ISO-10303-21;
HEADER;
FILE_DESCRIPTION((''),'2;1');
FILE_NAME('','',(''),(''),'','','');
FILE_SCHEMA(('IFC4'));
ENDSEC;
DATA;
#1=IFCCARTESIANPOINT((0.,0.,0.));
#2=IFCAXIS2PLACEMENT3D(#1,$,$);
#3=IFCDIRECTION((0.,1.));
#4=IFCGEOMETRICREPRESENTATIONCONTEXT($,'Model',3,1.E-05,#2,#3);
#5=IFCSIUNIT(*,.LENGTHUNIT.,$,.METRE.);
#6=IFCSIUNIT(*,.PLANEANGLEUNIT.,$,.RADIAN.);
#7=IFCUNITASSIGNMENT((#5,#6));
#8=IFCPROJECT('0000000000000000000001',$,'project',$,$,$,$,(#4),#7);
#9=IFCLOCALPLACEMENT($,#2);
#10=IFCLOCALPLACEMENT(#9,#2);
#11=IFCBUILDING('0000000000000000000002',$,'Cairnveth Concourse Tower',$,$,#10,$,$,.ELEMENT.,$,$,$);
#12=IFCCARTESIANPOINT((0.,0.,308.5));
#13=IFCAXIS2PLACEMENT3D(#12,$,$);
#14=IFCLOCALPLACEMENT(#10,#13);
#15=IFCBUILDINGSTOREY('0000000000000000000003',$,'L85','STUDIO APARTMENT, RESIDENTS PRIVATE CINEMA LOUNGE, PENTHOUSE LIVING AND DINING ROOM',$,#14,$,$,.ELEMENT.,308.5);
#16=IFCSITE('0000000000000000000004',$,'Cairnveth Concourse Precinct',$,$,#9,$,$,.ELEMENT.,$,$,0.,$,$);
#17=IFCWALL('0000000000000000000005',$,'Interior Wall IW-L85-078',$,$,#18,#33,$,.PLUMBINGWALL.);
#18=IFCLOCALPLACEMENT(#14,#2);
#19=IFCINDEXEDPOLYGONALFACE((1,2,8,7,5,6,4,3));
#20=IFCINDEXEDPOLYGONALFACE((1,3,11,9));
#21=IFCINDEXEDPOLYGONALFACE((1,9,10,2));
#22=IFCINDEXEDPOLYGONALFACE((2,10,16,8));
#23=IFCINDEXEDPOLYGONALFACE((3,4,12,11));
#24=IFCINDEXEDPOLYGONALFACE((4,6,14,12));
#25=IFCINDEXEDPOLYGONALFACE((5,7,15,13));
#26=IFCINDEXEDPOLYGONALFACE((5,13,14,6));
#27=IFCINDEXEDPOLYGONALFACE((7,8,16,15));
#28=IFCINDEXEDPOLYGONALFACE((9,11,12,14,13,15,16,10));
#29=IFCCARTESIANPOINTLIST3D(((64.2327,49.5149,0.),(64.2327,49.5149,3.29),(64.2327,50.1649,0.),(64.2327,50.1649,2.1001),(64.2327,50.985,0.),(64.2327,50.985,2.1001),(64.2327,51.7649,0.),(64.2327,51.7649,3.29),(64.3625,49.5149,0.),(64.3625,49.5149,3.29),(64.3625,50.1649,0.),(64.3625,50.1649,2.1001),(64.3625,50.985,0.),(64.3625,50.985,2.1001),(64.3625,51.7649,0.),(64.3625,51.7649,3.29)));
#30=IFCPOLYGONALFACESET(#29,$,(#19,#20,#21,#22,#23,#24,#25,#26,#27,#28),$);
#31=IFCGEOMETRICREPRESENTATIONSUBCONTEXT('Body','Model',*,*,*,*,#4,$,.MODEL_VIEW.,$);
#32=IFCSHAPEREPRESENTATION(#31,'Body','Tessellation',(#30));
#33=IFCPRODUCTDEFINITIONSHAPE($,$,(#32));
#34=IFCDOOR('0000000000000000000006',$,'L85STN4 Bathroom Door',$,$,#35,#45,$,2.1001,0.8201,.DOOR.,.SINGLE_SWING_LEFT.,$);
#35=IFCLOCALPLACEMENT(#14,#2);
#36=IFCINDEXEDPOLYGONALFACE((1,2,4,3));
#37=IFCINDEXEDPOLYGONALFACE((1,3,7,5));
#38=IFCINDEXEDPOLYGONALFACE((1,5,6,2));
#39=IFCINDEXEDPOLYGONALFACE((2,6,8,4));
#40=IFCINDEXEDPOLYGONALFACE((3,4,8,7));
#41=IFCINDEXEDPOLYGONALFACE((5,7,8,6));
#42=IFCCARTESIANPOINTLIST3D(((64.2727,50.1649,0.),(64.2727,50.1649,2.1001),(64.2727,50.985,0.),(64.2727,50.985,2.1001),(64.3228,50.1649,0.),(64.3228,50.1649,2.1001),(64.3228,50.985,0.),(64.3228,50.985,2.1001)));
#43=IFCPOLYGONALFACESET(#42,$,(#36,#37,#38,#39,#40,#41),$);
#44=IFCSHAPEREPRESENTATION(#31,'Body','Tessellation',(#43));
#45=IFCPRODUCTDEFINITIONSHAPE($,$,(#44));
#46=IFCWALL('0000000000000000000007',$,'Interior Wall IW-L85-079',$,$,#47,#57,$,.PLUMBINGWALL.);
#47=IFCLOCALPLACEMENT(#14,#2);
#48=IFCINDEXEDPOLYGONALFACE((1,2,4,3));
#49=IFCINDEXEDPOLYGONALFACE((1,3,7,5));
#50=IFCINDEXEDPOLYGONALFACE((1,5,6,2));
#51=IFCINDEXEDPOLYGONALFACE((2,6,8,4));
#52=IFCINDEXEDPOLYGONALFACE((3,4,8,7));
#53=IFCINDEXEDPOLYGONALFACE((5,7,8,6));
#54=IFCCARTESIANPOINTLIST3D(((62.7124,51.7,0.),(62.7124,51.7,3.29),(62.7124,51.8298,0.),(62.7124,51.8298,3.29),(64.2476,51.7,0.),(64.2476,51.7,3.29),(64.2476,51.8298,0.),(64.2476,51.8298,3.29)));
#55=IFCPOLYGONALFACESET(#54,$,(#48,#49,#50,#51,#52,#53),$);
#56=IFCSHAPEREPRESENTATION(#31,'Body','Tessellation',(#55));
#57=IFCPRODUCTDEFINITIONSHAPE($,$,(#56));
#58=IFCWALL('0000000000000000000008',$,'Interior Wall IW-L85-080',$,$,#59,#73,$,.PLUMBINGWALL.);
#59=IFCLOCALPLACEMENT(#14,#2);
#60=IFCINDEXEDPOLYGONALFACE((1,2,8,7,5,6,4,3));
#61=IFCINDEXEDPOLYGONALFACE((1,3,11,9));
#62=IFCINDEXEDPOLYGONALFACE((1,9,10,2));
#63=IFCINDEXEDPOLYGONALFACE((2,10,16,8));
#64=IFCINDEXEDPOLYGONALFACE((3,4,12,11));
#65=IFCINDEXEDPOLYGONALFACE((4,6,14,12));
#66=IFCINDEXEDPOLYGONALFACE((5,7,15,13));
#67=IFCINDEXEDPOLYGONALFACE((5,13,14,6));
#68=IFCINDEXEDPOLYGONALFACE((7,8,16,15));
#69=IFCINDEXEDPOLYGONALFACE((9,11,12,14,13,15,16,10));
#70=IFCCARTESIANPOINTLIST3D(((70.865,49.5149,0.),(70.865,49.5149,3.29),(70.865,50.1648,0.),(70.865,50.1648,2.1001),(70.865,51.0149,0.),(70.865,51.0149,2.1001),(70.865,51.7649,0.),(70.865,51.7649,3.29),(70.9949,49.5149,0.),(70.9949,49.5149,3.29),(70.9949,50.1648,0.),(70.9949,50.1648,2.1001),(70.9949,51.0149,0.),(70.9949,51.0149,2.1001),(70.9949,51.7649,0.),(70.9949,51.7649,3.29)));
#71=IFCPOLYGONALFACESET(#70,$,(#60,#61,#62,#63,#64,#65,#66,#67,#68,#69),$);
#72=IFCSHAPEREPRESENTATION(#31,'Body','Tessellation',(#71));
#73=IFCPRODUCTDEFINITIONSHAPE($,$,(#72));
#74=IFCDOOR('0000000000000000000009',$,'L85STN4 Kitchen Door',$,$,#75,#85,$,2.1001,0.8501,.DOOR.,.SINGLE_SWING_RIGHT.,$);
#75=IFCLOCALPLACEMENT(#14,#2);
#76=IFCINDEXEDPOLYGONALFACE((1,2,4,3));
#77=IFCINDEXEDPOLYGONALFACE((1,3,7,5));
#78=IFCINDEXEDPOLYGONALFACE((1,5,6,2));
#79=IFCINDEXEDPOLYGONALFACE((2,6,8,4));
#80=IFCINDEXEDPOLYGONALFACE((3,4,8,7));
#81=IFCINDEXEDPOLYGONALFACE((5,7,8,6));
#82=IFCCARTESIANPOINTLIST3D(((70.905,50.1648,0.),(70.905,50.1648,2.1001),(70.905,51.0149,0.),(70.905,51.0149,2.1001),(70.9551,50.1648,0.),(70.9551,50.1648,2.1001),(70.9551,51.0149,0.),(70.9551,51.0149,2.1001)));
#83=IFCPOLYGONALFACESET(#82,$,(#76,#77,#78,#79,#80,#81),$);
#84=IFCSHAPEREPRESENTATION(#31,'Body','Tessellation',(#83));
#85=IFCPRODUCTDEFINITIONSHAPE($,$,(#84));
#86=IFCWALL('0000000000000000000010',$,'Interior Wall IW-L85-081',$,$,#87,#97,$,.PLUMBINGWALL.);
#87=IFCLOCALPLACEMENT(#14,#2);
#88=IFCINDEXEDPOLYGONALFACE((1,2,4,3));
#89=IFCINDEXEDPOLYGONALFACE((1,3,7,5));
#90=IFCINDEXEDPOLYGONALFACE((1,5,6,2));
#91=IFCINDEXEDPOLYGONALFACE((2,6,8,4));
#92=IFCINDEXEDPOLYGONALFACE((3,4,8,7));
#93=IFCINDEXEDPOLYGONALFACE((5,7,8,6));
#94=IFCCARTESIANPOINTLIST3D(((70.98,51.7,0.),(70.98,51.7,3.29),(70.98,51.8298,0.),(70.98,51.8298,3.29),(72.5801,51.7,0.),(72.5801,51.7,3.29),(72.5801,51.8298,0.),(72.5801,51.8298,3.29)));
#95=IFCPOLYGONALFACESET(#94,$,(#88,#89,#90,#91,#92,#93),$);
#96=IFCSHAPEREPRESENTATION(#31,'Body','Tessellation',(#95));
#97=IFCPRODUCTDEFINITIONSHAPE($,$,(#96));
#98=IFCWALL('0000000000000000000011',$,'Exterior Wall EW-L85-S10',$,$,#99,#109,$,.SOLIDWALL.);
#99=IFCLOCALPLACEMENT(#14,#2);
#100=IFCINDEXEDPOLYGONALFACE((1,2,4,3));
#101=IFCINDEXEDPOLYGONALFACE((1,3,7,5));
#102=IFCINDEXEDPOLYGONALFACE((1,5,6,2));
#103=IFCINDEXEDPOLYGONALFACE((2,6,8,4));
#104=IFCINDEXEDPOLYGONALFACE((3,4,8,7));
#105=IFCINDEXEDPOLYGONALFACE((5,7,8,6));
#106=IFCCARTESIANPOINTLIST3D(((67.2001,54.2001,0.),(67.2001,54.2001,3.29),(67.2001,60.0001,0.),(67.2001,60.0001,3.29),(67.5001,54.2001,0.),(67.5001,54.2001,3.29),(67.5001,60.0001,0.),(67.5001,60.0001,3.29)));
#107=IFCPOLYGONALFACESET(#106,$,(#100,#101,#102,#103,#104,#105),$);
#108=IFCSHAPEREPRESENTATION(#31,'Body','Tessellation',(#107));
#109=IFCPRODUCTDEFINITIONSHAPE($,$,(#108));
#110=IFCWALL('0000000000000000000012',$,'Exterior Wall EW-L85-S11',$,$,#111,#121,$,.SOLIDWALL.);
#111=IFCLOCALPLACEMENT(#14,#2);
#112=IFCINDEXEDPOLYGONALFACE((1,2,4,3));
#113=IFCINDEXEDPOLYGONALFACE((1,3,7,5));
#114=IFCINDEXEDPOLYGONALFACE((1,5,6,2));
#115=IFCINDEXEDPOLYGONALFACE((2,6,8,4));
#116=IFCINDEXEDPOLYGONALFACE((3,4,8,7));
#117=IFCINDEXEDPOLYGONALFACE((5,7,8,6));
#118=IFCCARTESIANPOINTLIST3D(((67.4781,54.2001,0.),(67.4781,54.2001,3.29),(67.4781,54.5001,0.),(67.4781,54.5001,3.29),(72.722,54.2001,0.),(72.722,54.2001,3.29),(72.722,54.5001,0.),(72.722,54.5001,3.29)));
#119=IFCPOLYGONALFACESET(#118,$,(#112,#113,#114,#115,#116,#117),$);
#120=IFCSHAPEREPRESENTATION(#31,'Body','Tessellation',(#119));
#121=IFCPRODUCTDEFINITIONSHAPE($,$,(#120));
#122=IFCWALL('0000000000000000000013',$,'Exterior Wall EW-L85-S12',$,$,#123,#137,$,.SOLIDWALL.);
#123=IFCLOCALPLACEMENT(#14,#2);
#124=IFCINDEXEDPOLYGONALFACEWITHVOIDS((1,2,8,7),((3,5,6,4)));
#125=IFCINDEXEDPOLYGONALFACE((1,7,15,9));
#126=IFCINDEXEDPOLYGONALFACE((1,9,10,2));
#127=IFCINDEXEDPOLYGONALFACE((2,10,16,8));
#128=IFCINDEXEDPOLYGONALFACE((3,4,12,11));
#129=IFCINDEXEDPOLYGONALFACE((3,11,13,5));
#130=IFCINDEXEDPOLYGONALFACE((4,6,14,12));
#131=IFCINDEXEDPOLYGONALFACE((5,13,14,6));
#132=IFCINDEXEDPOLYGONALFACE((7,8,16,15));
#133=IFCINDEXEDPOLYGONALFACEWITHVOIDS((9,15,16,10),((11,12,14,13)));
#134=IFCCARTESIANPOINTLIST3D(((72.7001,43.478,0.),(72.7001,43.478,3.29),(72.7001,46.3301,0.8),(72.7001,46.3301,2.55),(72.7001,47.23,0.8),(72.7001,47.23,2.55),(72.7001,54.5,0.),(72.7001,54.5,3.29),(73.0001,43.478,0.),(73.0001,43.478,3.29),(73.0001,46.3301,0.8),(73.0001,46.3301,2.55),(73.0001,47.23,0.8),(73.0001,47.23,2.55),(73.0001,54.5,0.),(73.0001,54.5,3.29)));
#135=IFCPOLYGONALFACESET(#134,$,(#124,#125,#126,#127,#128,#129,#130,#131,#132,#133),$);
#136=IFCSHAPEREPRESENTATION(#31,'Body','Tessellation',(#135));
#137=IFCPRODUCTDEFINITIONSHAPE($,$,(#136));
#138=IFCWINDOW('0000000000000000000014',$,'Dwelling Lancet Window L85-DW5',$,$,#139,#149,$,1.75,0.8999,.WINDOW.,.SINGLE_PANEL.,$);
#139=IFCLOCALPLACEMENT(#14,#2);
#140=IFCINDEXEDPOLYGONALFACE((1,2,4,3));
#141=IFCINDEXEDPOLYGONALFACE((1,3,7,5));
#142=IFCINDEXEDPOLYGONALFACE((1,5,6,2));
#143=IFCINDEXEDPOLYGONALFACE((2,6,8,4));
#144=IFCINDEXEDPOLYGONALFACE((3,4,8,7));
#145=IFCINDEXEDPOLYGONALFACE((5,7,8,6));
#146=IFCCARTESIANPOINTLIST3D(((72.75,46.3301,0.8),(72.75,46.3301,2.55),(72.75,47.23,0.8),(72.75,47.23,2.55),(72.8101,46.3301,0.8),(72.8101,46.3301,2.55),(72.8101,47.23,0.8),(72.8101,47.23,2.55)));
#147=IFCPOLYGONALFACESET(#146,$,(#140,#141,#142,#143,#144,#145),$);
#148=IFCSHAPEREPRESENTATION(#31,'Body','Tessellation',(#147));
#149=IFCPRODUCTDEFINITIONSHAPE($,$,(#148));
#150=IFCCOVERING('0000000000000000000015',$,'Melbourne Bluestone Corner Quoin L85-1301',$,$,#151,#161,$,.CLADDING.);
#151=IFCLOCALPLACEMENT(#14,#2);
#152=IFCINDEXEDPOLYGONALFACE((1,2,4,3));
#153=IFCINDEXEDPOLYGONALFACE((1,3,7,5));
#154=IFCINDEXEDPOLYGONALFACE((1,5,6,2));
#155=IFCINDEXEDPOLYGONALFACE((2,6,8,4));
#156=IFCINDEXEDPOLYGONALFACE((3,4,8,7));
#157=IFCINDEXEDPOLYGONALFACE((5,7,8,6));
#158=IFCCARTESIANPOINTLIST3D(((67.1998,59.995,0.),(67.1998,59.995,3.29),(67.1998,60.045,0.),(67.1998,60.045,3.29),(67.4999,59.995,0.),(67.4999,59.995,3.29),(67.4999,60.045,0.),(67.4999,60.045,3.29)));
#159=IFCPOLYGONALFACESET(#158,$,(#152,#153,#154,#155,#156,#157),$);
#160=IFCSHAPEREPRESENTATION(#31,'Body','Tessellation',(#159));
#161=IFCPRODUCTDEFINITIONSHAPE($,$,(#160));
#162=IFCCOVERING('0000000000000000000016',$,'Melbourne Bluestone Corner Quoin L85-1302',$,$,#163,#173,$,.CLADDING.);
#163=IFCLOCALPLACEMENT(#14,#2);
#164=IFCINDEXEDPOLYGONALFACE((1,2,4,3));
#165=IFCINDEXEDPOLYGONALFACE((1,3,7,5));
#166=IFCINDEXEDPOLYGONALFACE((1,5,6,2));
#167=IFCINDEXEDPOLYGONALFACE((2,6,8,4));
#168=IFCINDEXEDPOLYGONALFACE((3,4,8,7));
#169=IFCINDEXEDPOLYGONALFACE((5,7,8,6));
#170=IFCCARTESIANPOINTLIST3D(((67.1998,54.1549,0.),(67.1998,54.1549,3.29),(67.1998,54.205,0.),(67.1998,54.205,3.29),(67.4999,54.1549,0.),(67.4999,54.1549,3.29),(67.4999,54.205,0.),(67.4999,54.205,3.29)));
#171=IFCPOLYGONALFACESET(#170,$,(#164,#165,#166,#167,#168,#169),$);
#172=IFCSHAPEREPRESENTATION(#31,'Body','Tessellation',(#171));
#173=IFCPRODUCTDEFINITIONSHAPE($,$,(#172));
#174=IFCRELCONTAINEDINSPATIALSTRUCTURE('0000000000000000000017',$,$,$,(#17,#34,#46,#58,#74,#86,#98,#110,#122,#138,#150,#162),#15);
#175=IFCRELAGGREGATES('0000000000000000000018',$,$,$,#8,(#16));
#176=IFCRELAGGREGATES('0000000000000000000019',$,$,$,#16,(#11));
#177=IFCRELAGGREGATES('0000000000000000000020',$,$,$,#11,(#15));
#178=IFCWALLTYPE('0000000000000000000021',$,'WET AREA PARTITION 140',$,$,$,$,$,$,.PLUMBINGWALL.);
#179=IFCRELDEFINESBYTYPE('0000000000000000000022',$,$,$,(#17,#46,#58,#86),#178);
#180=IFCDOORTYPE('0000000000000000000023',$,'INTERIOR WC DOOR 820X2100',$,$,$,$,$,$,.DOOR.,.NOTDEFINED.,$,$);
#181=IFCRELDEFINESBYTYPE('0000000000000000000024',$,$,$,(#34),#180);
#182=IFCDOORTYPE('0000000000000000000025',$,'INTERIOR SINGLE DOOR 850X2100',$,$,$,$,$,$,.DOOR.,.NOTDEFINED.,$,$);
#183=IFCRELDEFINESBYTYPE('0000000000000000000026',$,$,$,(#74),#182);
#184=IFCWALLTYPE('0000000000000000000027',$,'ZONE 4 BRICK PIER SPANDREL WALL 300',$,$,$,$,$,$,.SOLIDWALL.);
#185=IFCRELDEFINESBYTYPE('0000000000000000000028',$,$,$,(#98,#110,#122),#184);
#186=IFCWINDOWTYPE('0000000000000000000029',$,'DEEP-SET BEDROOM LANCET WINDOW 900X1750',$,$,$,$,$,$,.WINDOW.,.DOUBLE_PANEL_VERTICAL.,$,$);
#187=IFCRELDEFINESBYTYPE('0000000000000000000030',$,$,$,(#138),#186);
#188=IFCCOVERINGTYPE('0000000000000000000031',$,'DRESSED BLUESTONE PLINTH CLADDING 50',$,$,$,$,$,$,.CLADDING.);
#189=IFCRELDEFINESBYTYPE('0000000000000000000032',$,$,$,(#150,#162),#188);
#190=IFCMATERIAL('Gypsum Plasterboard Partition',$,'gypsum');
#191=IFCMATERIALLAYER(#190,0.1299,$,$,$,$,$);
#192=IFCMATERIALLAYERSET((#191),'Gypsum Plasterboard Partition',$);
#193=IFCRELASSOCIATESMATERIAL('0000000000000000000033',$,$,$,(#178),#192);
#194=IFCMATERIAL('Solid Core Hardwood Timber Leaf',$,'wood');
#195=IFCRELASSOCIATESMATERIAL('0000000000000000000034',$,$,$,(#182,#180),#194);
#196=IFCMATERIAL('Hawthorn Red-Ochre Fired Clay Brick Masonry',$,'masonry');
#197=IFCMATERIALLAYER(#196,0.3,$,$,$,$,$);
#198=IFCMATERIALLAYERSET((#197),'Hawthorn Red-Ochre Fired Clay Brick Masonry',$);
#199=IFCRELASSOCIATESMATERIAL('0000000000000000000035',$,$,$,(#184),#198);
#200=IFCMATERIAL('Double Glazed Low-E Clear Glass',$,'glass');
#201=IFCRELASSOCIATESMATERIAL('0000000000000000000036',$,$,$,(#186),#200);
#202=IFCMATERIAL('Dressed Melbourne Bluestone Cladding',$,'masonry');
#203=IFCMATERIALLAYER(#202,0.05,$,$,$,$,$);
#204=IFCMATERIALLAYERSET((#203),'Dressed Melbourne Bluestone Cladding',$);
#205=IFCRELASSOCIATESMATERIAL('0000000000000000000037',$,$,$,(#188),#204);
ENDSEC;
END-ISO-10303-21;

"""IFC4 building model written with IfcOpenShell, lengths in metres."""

from ifc_helpers import new_model, si_unit, direction, frame, frame_2d, origin, place, context, subcontext, project, spatial, rectangle, extrude, material, layer, layer_set, type_object, element, fill, save


model = new_model("IFC4")

# Units and contexts
model_context = context("Model", 3, precision=1e-05, world=origin(), true_north=direction((0.0, 1.0)))
body_context = subcontext(model_context, "Body", "Model", "MODEL_VIEW")
ifc_project = project(units=[si_unit("LENGTHUNIT", "METRE"), si_unit("PLANEANGLEUNIT", "RADIAN")], contexts=[model_context])

# Site, building, storey
site_placement = place(None, origin())
site = spatial("IfcSite", under=ifc_project, at=site_placement, Name="Cairnveth Concourse Precinct", CompositionType="ELEMENT", RefElevation=0.0)
building_placement = place(site_placement, origin())
building = spatial("IfcBuilding", under=site, at=building_placement, Name="Cairnveth Concourse Tower", CompositionType="ELEMENT")
storey_placement = place(building_placement, frame((0.0, 0.0, 308.5)))
storey = spatial("IfcBuildingStorey", under=building, at=storey_placement, Name="L85", Description="STUDIO APARTMENT, RESIDENTS PRIVATE CINEMA LOUNGE, PENTHOUSE LIVING AND DINING ROOM", CompositionType="ELEMENT", Elevation=308.5)

# Shared definitions
ifc_material_1 = material(Name="Gypsum Plasterboard Partition", Category="gypsum")

# Shared definitions
ifc_layer_1 = layer(ifc_material_1, 0.1299)
ifc_layer_set_1 = layer_set([ifc_layer_1], Name="Gypsum Plasterboard Partition")
wall_type_1 = type_object("IfcWallType", Name="WET AREA PARTITION 140", PredefinedType="PLUMBINGWALL", material=ifc_layer_set_1)
ifc_material_2 = material(Name="Solid Core Hardwood Timber Leaf", Category="wood")
door_type_1 = type_object("IfcDoorType", Name="INTERIOR SINGLE DOOR 850X2100", OperationType="NOTDEFINED", PredefinedType="DOOR", material=ifc_material_2)

# Wall, opening, door
wall_1_placement = place(storey_placement, frame((64.2976, 49.5149, 0.0), z_axis=(0.0, 0.0, 1.0), x_axis=(0.0, 1.0, 0.0)))
wall_1 = element("IfcWall", 1, at=wall_1_placement, inside=storey, type_object=wall_type_1, Name="Interior Wall IW-L85-078", PredefinedType="PLUMBINGWALL", context=body_context, shape_type="SweptSolid", body=[
    extrude(rectangle(XDim=2.25, YDim=0.1299, at=frame_2d((1.125, 0.0))), origin(), (0.0, 0.0, 1.0), 3.29),
])
opening_1_placement = place(wall_1_placement, frame((0.6499, 0.0, 0.0)))
opening_1 = element("IfcOpeningElement", 2, at=opening_1_placement, cuts=wall_1, PredefinedType="OPENING", context=body_context, shape_type="SweptSolid", body=[
    extrude(rectangle(XDim=0.8201, YDim=2.1001, at=frame_2d((0.4102, 1.05))), frame((0.0, 0.075, 0.0), z_axis=(0.0, -1.0, 0.0), x_axis=(1.0, 0.0, 0.0)), (0.0, 0.0, 1.0), 0.1499),
])
door_type_2 = type_object("IfcDoorType", Name="INTERIOR WC DOOR 820X2100", OperationType="NOTDEFINED", PredefinedType="DOOR", material=ifc_material_2)
door_1_placement = place(opening_1_placement, origin())
door_1 = element("IfcDoor", 3, at=door_1_placement, inside=storey, type_object=door_type_2, Name="L85STN4 Bathroom Door", OperationType="SINGLE_SWING_LEFT", OverallHeight=2.1001, OverallWidth=0.8201, PredefinedType="DOOR", context=body_context, shape_type="SweptSolid", body=[
    extrude(rectangle(XDim=0.8201, YDim=2.1001, at=frame_2d((0.4102, 1.05))), frame((0.0, 0.0249, 0.0), z_axis=(0.0, -1.0, 0.0), x_axis=(1.0, 0.0, 0.0)), (0.0, 0.0, 1.0), 0.05),
])
fill(opening_1, door_1)

# Wall
wall_2_placement = place(storey_placement, frame((62.7124, 51.7649, 0.0), z_axis=(0.0, 0.0, 1.0), x_axis=(1.0, 0.0, 0.0)))
element("IfcWall", 4, at=wall_2_placement, inside=storey, type_object=wall_type_1, Name="Interior Wall IW-L85-079", PredefinedType="PLUMBINGWALL", context=body_context, shape_type="SweptSolid", body=[
    extrude(rectangle(XDim=1.5352, YDim=0.1299, at=frame_2d((0.7676, 0.0))), origin(), (0.0, 0.0, 1.0), 3.29),
])

# Wall, opening, door
wall_3_placement = place(storey_placement, frame((70.9299, 49.5149, 0.0), z_axis=(0.0, 0.0, 1.0), x_axis=(0.0, 1.0, 0.0)))
wall_3 = element("IfcWall", 5, at=wall_3_placement, inside=storey, type_object=wall_type_1, Name="Interior Wall IW-L85-080", PredefinedType="PLUMBINGWALL", context=body_context, shape_type="SweptSolid", body=[
    extrude(rectangle(XDim=2.25, YDim=0.1299, at=frame_2d((1.125, 0.0))), origin(), (0.0, 0.0, 1.0), 3.29),
])
opening_2_placement = place(wall_3_placement, frame((0.6499, 0.0, 0.0)))
opening_2 = element("IfcOpeningElement", 6, at=opening_2_placement, cuts=wall_3, PredefinedType="OPENING", context=body_context, shape_type="SweptSolid", body=[
    extrude(rectangle(XDim=0.8501, YDim=2.1001, at=frame_2d((0.425, 1.05))), frame((0.0, 0.075, 0.0), z_axis=(0.0, -1.0, 0.0), x_axis=(1.0, 0.0, 0.0)), (0.0, 0.0, 1.0), 0.1499),
])
door_2_placement = place(opening_2_placement, origin())
door_2 = element("IfcDoor", 7, at=door_2_placement, inside=storey, type_object=door_type_1, Name="L85STN4 Kitchen Door", OperationType="SINGLE_SWING_RIGHT", OverallHeight=2.1001, OverallWidth=0.8501, PredefinedType="DOOR", context=body_context, shape_type="SweptSolid", body=[
    extrude(rectangle(XDim=0.8501, YDim=2.1001, at=frame_2d((0.425, 1.05))), frame((0.0, 0.0249, 0.0), z_axis=(0.0, -1.0, 0.0), x_axis=(1.0, 0.0, 0.0)), (0.0, 0.0, 1.0), 0.05),
])
fill(opening_2, door_2)

# Walls
wall_4_placement = place(storey_placement, frame((70.98, 51.7649, 0.0), z_axis=(0.0, 0.0, 1.0), x_axis=(1.0, 0.0, 0.0)))
element("IfcWall", 8, at=wall_4_placement, inside=storey, type_object=wall_type_1, Name="Interior Wall IW-L85-081", PredefinedType="PLUMBINGWALL", context=body_context, shape_type="SweptSolid", body=[
    extrude(rectangle(XDim=1.6001, YDim=0.1299, at=frame_2d((0.8, 0.0))), origin(), (0.0, 0.0, 1.0), 3.29),
])
ifc_material_3 = material(Name="Hawthorn Red-Ochre Fired Clay Brick Masonry", Category="masonry")
ifc_layer_2 = layer(ifc_material_3, 0.3)
ifc_layer_set_2 = layer_set([ifc_layer_2], Name="Hawthorn Red-Ochre Fired Clay Brick Masonry")
wall_type_2 = type_object("IfcWallType", Name="ZONE 4 BRICK PIER SPANDREL WALL 300", PredefinedType="SOLIDWALL", material=ifc_layer_set_2)
wall_5_placement = place(storey_placement, frame((67.3501, 60.0, 0.0), z_axis=(0.0, 0.0, 1.0), x_axis=(0.0, -1.0, 0.0)))
element("IfcWall", 9, at=wall_5_placement, inside=storey, type_object=wall_type_2, Name="Exterior Wall EW-L85-S10", PredefinedType="SOLIDWALL", context=body_context, shape_type="SweptSolid", body=[
    extrude(rectangle(XDim=5.8, YDim=0.3, at=frame_2d((2.8999, 0.0))), origin(), (0.0, 0.0, 1.0), 3.29),
])
wall_6_placement = place(storey_placement, frame((67.478, 54.3501, 0.0), z_axis=(0.0, 0.0, 1.0), x_axis=(1.0, 0.0, 0.0)))
element("IfcWall", 10, at=wall_6_placement, inside=storey, type_object=wall_type_2, Name="Exterior Wall EW-L85-S11", PredefinedType="SOLIDWALL", context=body_context, shape_type="SweptSolid", body=[
    extrude(rectangle(XDim=5.2439, YDim=0.3, at=frame_2d((2.6221, 0.0))), origin(), (0.0, 0.0, 1.0), 3.29),
])

# Wall, opening, window
wall_7_placement = place(storey_placement, frame((72.8501, 54.5, 0.0), z_axis=(0.0, 0.0, 1.0), x_axis=(0.0, -1.0, 0.0)))
wall_7 = element("IfcWall", 11, at=wall_7_placement, inside=storey, type_object=wall_type_2, Name="Exterior Wall EW-L85-S12", PredefinedType="SOLIDWALL", context=body_context, shape_type="SweptSolid", body=[
    extrude(rectangle(XDim=11.022, YDim=0.3, at=frame_2d((5.511, 0.0))), origin(), (0.0, 0.0, 1.0), 3.29),
])
opening_3_placement = place(wall_7_placement, frame((7.27, 0.0, 0.8)))
opening_3 = element("IfcOpeningElement", 12, at=opening_3_placement, cuts=wall_7, PredefinedType="OPENING", context=body_context, shape_type="SweptSolid", body=[
    extrude(rectangle(XDim=0.8999, YDim=1.75, at=frame_2d((0.45, 0.875))), frame((0.0, 0.1599, 0.0), z_axis=(0.0, -1.0, 0.0), x_axis=(1.0, 0.0, 0.0)), (0.0, 0.0, 1.0), 0.3201),
])
ifc_material_4 = material(Name="Double Glazed Low-E Clear Glass", Category="glass")
window_type = type_object("IfcWindowType", Name="DEEP-SET BEDROOM LANCET WINDOW 900X1750", PartitioningType="DOUBLE_PANEL_VERTICAL", PredefinedType="WINDOW", material=ifc_material_4)
window_placement = place(opening_3_placement, origin())
window = element("IfcWindow", 13, at=window_placement, inside=storey, type_object=window_type, Name="Dwelling Lancet Window L85-DW5", OverallHeight=1.75, OverallWidth=0.8999, PartitioningType="SINGLE_PANEL", PredefinedType="WINDOW", context=body_context, shape_type="SweptSolid", body=[
    extrude(rectangle(XDim=0.8999, YDim=1.75, at=frame_2d((0.45, 0.875))), frame((0.0, -0.04, 0.0), z_axis=(0.0, -1.0, 0.0), x_axis=(1.0, 0.0, 0.0)), (0.0, 0.0, 1.0), 0.0601),
])
fill(opening_3, window)

# Coverings
ifc_material_5 = material(Name="Dressed Melbourne Bluestone Cladding", Category="masonry")
ifc_layer_3 = layer(ifc_material_5, 0.05)
ifc_layer_set_3 = layer_set([ifc_layer_3], Name="Dressed Melbourne Bluestone Cladding")
covering_type = type_object("IfcCoveringType", Name="DRESSED BLUESTONE PLINTH CLADDING 50", PredefinedType="CLADDING", material=ifc_layer_set_3)
for number, where, z_axis, x_axis, name in (
    (14, (67.2, 60.02, 0.0), (0.0, 0.0, 1.0), (1.0, 0.0, 0.0), "Melbourne Bluestone Corner Quoin L85-1301"),
    (15, (67.2, 54.1799, 0.0), (0.0, 0.0, 1.0), (1.0, 0.0, 0.0), "Melbourne Bluestone Corner Quoin L85-1302"),
):
    element("IfcCovering", number, at=place(storey_placement, frame(where, z_axis=z_axis, x_axis=x_axis)), inside=storey, type_object=covering_type, Name=name, PredefinedType="CLADDING", context=body_context, shape_type="SweptSolid", body=[
        extrude(rectangle(XDim=0.3, YDim=0.05, at=frame_2d((0.1499, 0.0))), origin(), (0.0, 0.0, 1.0), 3.29),
    ])

save(model, "model.ifc")
